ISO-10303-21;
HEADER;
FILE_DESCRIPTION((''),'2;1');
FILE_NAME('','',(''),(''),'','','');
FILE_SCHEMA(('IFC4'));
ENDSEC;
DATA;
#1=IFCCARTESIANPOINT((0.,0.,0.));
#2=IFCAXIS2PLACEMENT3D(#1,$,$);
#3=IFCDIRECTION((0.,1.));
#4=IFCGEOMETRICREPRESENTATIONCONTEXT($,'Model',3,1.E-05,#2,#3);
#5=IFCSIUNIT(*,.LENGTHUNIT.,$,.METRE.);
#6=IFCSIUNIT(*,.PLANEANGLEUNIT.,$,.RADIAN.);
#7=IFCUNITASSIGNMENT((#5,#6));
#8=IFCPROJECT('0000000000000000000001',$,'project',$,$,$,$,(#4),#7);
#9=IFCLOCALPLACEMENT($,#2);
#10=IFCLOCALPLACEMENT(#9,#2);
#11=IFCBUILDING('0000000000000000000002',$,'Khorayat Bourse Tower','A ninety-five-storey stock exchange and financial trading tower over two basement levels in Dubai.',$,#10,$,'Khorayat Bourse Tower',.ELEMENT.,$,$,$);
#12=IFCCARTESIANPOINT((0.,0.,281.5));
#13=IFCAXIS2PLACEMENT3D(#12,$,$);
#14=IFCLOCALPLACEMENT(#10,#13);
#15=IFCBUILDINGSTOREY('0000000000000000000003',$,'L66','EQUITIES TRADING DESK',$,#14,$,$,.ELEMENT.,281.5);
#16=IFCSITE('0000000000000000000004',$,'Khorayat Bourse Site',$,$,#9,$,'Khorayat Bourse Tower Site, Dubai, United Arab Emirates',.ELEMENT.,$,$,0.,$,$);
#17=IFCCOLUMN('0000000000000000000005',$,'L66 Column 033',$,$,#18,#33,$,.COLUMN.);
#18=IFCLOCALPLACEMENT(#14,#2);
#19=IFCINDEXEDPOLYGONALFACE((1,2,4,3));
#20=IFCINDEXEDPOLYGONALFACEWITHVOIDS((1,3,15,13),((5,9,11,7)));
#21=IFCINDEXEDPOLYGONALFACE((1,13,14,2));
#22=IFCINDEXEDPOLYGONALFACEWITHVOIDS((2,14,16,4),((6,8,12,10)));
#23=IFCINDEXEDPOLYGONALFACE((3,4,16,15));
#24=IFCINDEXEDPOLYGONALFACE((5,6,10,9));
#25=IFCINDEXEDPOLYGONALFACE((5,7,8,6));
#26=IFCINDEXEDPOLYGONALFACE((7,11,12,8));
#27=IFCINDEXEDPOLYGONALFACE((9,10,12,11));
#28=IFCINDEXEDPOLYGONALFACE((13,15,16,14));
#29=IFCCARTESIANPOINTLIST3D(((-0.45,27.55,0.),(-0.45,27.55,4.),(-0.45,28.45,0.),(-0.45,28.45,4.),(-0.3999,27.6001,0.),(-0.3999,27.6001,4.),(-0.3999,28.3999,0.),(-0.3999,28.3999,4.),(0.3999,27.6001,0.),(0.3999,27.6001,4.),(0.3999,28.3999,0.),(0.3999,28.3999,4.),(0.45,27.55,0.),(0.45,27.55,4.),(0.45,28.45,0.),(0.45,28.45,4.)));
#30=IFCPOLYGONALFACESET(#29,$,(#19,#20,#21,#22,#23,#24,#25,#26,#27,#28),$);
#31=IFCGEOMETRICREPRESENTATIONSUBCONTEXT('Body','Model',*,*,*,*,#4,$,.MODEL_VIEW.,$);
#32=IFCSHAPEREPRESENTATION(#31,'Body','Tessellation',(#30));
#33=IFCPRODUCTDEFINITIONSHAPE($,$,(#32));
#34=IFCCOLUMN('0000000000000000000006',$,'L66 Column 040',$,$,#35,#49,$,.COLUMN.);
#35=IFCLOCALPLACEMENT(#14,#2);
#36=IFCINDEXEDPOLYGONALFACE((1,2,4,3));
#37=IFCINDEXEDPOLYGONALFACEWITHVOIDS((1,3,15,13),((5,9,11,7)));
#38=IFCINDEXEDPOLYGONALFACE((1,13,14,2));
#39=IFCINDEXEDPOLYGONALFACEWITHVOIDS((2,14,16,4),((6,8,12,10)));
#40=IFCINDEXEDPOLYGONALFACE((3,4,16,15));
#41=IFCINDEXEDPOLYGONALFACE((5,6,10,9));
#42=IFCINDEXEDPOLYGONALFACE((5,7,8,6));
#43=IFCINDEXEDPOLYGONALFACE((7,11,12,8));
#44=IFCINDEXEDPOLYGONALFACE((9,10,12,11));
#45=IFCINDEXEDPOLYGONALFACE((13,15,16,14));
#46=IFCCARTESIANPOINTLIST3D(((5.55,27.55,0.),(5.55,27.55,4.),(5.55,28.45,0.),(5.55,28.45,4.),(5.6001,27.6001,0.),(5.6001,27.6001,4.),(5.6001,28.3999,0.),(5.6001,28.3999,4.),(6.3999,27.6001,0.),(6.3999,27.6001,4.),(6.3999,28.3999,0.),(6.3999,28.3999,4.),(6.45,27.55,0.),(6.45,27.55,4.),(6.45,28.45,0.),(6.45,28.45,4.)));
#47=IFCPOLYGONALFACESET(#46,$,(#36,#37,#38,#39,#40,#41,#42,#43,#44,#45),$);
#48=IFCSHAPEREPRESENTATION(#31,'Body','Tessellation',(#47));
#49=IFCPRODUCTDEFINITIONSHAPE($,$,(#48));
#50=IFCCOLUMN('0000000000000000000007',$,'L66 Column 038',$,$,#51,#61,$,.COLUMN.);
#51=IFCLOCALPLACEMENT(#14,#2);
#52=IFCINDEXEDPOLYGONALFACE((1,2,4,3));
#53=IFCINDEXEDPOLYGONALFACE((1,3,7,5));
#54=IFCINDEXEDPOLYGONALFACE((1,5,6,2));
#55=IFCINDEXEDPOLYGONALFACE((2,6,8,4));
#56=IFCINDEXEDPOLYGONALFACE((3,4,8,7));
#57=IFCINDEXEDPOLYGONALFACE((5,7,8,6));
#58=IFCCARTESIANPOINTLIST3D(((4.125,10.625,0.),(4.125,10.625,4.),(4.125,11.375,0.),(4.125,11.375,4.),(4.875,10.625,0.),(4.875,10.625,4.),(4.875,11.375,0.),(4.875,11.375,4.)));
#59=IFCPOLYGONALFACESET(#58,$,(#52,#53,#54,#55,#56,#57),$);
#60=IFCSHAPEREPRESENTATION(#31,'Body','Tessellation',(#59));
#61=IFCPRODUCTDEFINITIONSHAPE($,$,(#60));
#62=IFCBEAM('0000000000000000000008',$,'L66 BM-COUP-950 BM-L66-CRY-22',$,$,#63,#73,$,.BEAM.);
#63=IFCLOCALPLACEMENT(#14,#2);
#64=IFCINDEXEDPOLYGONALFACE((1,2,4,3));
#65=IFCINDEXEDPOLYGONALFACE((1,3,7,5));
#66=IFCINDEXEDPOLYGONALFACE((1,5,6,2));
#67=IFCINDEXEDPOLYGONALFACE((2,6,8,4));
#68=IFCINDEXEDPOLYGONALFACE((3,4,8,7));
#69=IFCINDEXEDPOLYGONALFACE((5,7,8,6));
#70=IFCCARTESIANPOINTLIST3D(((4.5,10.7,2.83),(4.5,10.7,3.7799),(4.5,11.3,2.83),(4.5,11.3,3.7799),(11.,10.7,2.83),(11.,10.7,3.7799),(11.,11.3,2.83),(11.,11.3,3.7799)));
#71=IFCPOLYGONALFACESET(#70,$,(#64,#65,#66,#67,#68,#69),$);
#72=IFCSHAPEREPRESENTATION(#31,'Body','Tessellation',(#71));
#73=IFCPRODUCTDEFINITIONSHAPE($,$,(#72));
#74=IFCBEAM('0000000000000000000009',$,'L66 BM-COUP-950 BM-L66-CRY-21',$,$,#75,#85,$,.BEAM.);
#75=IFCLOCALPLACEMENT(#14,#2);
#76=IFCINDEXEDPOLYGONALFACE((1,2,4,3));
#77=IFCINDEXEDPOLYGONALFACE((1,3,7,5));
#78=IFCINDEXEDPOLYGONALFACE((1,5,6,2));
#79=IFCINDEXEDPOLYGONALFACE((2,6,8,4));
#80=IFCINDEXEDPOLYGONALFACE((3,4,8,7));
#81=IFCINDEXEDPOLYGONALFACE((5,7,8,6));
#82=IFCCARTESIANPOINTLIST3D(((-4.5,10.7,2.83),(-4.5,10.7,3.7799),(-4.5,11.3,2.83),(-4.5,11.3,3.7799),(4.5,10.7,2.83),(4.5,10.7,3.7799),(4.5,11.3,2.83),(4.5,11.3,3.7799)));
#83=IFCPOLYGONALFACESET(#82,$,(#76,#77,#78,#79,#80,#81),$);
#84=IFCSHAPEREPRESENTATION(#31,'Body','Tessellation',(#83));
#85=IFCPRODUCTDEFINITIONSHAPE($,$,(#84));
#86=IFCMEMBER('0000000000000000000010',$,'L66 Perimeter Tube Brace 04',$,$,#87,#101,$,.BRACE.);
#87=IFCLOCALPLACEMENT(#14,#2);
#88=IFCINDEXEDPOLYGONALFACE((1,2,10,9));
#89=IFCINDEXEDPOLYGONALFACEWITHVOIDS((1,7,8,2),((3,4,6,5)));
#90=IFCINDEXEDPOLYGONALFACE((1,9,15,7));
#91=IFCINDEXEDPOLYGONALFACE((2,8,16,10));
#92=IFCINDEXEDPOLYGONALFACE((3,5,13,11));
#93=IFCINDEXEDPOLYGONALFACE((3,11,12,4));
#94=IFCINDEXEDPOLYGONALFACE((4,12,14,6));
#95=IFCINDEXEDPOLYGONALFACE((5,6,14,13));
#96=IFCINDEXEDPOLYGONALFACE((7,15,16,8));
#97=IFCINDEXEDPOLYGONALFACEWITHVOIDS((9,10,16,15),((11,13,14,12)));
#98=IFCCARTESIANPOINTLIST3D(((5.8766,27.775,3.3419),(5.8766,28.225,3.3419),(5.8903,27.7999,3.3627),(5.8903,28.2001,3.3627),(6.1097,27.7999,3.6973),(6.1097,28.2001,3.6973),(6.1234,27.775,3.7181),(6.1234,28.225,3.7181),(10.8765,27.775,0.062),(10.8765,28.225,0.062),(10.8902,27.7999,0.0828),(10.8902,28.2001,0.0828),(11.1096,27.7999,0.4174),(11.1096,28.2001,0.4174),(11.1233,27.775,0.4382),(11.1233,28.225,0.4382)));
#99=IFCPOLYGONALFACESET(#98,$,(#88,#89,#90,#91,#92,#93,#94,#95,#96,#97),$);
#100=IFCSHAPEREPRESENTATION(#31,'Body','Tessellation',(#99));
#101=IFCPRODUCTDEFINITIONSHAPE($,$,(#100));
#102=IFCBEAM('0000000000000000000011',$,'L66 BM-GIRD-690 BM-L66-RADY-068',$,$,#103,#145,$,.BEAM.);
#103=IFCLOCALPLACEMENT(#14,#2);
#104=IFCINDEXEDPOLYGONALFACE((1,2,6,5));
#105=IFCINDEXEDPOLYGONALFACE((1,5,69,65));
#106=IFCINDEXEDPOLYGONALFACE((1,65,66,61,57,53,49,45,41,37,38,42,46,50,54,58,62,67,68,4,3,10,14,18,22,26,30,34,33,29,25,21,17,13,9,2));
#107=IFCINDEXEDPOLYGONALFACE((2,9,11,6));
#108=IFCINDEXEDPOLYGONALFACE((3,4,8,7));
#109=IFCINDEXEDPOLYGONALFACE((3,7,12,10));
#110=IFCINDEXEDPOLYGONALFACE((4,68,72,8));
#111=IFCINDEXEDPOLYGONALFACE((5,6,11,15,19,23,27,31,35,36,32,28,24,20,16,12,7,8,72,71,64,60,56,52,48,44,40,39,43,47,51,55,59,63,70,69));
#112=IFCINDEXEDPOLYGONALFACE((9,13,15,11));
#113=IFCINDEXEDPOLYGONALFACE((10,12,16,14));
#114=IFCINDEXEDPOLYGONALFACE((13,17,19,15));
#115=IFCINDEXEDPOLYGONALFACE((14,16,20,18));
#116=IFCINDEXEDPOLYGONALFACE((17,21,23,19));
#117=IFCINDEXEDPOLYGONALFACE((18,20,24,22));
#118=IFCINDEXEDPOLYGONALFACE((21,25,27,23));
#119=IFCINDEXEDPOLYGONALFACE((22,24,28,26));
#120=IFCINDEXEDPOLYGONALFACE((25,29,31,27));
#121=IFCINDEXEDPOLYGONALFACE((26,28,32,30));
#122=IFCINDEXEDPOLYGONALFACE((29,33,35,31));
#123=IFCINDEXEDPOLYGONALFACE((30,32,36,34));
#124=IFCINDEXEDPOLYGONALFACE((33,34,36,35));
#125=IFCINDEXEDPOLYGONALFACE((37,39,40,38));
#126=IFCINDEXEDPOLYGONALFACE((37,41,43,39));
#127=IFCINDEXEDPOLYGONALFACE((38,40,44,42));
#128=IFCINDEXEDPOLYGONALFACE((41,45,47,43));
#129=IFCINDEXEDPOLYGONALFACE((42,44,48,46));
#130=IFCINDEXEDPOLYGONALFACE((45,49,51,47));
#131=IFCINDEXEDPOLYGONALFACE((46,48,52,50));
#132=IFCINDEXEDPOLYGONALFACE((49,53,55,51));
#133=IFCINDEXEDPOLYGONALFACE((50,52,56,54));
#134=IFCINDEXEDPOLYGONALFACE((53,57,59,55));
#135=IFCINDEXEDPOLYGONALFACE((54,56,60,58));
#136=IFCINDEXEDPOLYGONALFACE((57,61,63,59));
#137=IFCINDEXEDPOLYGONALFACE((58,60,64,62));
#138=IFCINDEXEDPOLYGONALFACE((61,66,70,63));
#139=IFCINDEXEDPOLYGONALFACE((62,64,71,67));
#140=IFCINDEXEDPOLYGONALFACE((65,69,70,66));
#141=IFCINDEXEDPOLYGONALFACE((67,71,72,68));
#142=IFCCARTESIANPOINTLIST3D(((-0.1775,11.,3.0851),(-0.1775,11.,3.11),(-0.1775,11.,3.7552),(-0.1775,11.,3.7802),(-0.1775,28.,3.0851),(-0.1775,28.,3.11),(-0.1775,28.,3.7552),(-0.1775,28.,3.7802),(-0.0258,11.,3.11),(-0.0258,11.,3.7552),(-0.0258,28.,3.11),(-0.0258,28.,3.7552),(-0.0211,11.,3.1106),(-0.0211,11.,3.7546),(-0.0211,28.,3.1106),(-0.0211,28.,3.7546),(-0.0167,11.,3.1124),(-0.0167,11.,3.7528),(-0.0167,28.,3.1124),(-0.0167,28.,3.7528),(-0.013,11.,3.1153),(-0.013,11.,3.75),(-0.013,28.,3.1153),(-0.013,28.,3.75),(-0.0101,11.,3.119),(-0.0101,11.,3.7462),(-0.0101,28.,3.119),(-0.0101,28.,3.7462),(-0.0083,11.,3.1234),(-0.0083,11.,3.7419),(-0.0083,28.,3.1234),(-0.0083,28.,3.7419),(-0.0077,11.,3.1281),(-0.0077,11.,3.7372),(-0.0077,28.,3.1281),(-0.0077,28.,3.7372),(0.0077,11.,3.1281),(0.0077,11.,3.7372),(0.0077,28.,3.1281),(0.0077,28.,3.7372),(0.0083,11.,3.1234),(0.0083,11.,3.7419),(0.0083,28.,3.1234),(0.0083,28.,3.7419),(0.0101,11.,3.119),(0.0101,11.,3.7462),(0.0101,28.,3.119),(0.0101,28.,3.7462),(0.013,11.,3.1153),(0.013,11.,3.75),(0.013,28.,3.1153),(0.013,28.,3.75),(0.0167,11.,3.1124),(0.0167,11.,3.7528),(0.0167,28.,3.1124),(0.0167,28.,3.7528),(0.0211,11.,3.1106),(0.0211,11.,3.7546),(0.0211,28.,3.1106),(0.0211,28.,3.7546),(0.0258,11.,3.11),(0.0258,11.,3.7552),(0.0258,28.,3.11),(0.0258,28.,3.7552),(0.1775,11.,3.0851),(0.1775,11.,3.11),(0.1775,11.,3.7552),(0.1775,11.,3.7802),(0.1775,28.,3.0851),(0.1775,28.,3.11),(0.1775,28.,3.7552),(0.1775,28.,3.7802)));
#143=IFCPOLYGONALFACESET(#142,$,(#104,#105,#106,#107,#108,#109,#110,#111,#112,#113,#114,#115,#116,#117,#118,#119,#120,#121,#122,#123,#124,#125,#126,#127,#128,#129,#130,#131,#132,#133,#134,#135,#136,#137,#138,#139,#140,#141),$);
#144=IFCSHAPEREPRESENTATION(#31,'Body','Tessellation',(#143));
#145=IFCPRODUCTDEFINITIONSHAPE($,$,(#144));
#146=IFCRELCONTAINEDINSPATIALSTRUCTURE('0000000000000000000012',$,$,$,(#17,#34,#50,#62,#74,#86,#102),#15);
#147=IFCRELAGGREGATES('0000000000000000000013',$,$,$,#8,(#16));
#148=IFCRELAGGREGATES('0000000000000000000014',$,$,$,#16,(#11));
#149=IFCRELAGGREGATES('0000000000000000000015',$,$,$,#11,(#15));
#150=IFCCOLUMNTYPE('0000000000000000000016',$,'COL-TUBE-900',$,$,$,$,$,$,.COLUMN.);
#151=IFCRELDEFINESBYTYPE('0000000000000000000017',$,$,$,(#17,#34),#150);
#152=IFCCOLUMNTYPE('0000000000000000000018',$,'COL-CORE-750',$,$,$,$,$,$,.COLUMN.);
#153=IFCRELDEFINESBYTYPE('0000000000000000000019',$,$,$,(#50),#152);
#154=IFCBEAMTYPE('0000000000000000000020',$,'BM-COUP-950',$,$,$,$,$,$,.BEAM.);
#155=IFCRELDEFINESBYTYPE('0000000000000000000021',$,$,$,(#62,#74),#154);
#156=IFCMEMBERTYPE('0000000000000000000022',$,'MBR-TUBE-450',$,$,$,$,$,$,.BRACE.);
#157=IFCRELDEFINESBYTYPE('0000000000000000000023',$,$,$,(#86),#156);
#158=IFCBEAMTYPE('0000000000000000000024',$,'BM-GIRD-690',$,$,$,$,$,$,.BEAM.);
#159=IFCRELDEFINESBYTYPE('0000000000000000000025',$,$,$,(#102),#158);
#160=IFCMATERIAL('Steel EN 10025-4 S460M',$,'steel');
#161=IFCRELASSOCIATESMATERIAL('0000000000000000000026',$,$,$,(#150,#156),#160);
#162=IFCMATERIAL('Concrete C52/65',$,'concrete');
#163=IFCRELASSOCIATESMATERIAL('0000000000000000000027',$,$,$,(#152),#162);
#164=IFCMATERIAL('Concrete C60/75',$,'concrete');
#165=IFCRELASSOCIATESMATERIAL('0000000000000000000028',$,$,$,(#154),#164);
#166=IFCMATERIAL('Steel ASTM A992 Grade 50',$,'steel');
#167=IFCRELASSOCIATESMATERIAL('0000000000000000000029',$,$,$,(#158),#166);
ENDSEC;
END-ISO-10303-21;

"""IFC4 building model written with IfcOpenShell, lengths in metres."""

from ifc_helpers import new_model, si_unit, direction, frame, origin, origin_2d, place, context, subcontext, project, spatial, rectangle, hollow_rectangle, i_section, extrude, source, transform, mapped, material, material_profile, profile_set, type_object, element, save


model = new_model("IFC4")

# Units and contexts
model_context = context("Model", 3, precision=1e-05, world=origin(), true_north=direction((0.0, 1.0)))
body_context = subcontext(model_context, "Body", "Model", "MODEL_VIEW")
ifc_project = project(units=[si_unit("LENGTHUNIT", "METRE"), si_unit("PLANEANGLEUNIT", "RADIAN")], contexts=[model_context])

# Site, building, storey
site_placement = place(None, origin())
site = spatial("IfcSite", under=ifc_project, at=site_placement, Name="Khorayat Bourse Site", LongName="Khorayat Bourse Tower Site, Dubai, United Arab Emirates", CompositionType="ELEMENT", RefElevation=0.0)
building_placement = place(site_placement, origin())
building = spatial("IfcBuilding", under=site, at=building_placement, Name="Khorayat Bourse Tower", Description="A ninety-five-storey stock exchange and financial trading tower over two basement levels in Dubai.", LongName="Khorayat Bourse Tower", CompositionType="ELEMENT")
storey_placement = place(building_placement, frame((0.0, 0.0, 281.5)))
storey = spatial("IfcBuildingStorey", under=building, at=storey_placement, Name="L66", Description="EQUITIES TRADING DESK", CompositionType="ELEMENT", Elevation=281.5)

# Columns
ifc_material_1 = material(Name="Steel EN 10025-4 S460M", Category="steel")
ifc_material_profile_1 = material_profile(ifc_material_1, hollow_rectangle(XDim=0.8999, YDim=0.8999, WallThickness=0.05, at=origin_2d()), Name="BOX 900x900x50")
ifc_profile_set_1 = profile_set([ifc_material_profile_1], Name="Steel EN 10025-4 S460M")
column_type_1 = type_object("IfcColumnType", Name="COL-TUBE-900", PredefinedType="COLUMN", material=ifc_profile_set_1)
shared_shape_1 = source(origin(), body_context, "Body", "SweptSolid", [
    extrude(hollow_rectangle(XDim=0.8999, YDim=0.8999, WallThickness=0.05, at=origin_2d()), origin(), (0.0, 0.0, 1.0), 4.0),
])
for number, where, z_axis, x_axis, name in (
    (1, (0.0, 28.0, 0.0), (0.0, 0.0, 1.0), (1.0, 0.0, 0.0), "L66 Column 033"),
    (2, (6.0, 28.0, 0.0), (0.0, 0.0, 1.0), (1.0, 0.0, 0.0), "L66 Column 040"),
):
    element("IfcColumn", number, at=place(storey_placement, frame(where, z_axis=z_axis, x_axis=x_axis)), inside=storey, type_object=column_type_1, Name=name, PredefinedType="COLUMN", context=body_context, shape_type="MappedRepresentation", body=[
        mapped(shared_shape_1, transform((0.0, 0.0, 0.0), scale=1.0)),
    ])
ifc_material_2 = material(Name="Concrete C52/65", Category="concrete")
ifc_material_profile_2 = material_profile(ifc_material_2, rectangle(XDim=0.75, YDim=0.75, at=origin_2d()), Name="RC 750x750")
ifc_profile_set_2 = profile_set([ifc_material_profile_2], Name="Concrete C52/65")
column_type_2 = type_object("IfcColumnType", Name="COL-CORE-750", PredefinedType="COLUMN", material=ifc_profile_set_2)
shared_shape_2 = source(origin(), body_context, "Body", "SweptSolid", [
    extrude(rectangle(XDim=0.75, YDim=0.75, at=origin_2d()), origin(), (0.0, 0.0, 1.0), 4.0),
])
column_placement = place(storey_placement, frame((4.5, 11.0, 0.0), z_axis=(0.0, 0.0, 1.0), x_axis=(1.0, 0.0, 0.0)))
element("IfcColumn", 3, at=column_placement, inside=storey, type_object=column_type_2, Name="L66 Column 038", PredefinedType="COLUMN", context=body_context, shape_type="MappedRepresentation", body=[
    mapped(shared_shape_2, transform((0.0, 0.0, 0.0), scale=1.0)),
])

# Beams
ifc_material_3 = material(Name="Concrete C60/75", Category="concrete")
ifc_material_profile_3 = material_profile(ifc_material_3, rectangle(XDim=0.6001, YDim=0.95, at=origin_2d()), Name="RC 600x950")
ifc_profile_set_3 = profile_set([ifc_material_profile_3], Name="Concrete C60/75")
beam_type_1 = type_object("IfcBeamType", Name="BM-COUP-950", PredefinedType="BEAM", material=ifc_profile_set_3)
shared_shape_3 = source(origin(), body_context, "Body", "SweptSolid", [
    extrude(rectangle(XDim=0.6001, YDim=0.95, at=origin_2d()), origin(), (0.0, 0.0, 1.0), 6.5),
])
beam_1_placement = place(storey_placement, frame((4.5, 11.0, 3.3049), z_axis=(1.0, 0.0, 0.0), x_axis=(0.0, 1.0, 0.0)))
element("IfcBeam", 4, at=beam_1_placement, inside=storey, type_object=beam_type_1, Name="L66 BM-COUP-950 BM-L66-CRY-22", PredefinedType="BEAM", context=body_context, shape_type="MappedRepresentation", body=[
    mapped(shared_shape_3, transform((0.0, 0.0, 0.0), scale=1.0)),
])
shared_shape_4 = source(origin(), body_context, "Body", "SweptSolid", [
    extrude(rectangle(XDim=0.6001, YDim=0.95, at=origin_2d()), origin(), (0.0, 0.0, 1.0), 9.0),
])
beam_2_placement = place(storey_placement, frame((-4.5, 11.0, 3.3049), z_axis=(1.0, 0.0, 0.0), x_axis=(0.0, 1.0, 0.0)))
element("IfcBeam", 5, at=beam_2_placement, inside=storey, type_object=beam_type_1, Name="L66 BM-COUP-950 BM-L66-CRY-21", PredefinedType="BEAM", context=body_context, shape_type="MappedRepresentation", body=[
    mapped(shared_shape_4, transform((0.0, 0.0, 0.0), scale=1.0)),
])

# Member
ifc_material_profile_4 = material_profile(ifc_material_1, hollow_rectangle(XDim=0.45, YDim=0.45, WallThickness=0.0249, at=origin_2d()), Name="HSS 450x450x25")
ifc_profile_set_4 = profile_set([ifc_material_profile_4], Name="Steel EN 10025-4 S460M")
member_type_1 = type_object("IfcMemberType", Name="MBR-TUBE-450", PredefinedType="BRACE", material=ifc_profile_set_4)
shared_shape_5 = source(origin(), body_context, "Body", "SweptSolid", [
    extrude(hollow_rectangle(XDim=0.45, YDim=0.45, WallThickness=0.0249, at=origin_2d()), origin(), (0.0, 0.0, 1.0), 5.9797),
])
member_1_placement = place(storey_placement, frame((6.0, 28.0, 3.53), z_axis=(0.836142, 0.0, -0.548514), x_axis=(0.0, 1.0, 0.0)))
element("IfcMember", 6, at=member_1_placement, inside=storey, type_object=member_type_1, Name="L66 Perimeter Tube Brace 04", PredefinedType="BRACE", context=body_context, shape_type="MappedRepresentation", body=[
    mapped(shared_shape_5, transform((0.0, 0.0, 0.0), scale=1.0)),
])

# Beam
ifc_material_4 = material(Name="Steel ASTM A992 Grade 50", Category="steel")
ifc_material_profile_5 = material_profile(ifc_material_4, i_section(OverallWidth=0.355, OverallDepth=0.6951, WebThickness=0.0154, FlangeThickness=0.0249, FilletRadius=0.0181, at=origin_2d()), Name="W690X217")
ifc_profile_set_5 = profile_set([ifc_material_profile_5], Name="Steel ASTM A992 Grade 50")
beam_type_2 = type_object("IfcBeamType", Name="BM-GIRD-690", PredefinedType="BEAM", material=ifc_profile_set_5)
shared_shape_6 = source(origin(), body_context, "Body", "SweptSolid", [
    extrude(i_section(OverallWidth=0.355, OverallDepth=0.6951, WebThickness=0.0154, FlangeThickness=0.0249, FilletRadius=0.0181, at=origin_2d()), origin(), (0.0, 0.0, 1.0), 17.0),
])
for number, where, z_axis, x_axis, name in (
    (7, (0.0, 11.0, 3.4326), (0.0, 1.0, 0.0), (-1.0, 0.0, 0.0), "L66 BM-GIRD-690 BM-L66-RADY-068"),
):
    element("IfcBeam", number, at=place(storey_placement, frame(where, z_axis=z_axis, x_axis=x_axis)), inside=storey, type_object=beam_type_2, Name=name, PredefinedType="BEAM", context=body_context, shape_type="MappedRepresentation", body=[
        mapped(shared_shape_6, transform((0.0, 0.0, 0.0), scale=1.0)),
    ])

save(model, "model.ifc")
